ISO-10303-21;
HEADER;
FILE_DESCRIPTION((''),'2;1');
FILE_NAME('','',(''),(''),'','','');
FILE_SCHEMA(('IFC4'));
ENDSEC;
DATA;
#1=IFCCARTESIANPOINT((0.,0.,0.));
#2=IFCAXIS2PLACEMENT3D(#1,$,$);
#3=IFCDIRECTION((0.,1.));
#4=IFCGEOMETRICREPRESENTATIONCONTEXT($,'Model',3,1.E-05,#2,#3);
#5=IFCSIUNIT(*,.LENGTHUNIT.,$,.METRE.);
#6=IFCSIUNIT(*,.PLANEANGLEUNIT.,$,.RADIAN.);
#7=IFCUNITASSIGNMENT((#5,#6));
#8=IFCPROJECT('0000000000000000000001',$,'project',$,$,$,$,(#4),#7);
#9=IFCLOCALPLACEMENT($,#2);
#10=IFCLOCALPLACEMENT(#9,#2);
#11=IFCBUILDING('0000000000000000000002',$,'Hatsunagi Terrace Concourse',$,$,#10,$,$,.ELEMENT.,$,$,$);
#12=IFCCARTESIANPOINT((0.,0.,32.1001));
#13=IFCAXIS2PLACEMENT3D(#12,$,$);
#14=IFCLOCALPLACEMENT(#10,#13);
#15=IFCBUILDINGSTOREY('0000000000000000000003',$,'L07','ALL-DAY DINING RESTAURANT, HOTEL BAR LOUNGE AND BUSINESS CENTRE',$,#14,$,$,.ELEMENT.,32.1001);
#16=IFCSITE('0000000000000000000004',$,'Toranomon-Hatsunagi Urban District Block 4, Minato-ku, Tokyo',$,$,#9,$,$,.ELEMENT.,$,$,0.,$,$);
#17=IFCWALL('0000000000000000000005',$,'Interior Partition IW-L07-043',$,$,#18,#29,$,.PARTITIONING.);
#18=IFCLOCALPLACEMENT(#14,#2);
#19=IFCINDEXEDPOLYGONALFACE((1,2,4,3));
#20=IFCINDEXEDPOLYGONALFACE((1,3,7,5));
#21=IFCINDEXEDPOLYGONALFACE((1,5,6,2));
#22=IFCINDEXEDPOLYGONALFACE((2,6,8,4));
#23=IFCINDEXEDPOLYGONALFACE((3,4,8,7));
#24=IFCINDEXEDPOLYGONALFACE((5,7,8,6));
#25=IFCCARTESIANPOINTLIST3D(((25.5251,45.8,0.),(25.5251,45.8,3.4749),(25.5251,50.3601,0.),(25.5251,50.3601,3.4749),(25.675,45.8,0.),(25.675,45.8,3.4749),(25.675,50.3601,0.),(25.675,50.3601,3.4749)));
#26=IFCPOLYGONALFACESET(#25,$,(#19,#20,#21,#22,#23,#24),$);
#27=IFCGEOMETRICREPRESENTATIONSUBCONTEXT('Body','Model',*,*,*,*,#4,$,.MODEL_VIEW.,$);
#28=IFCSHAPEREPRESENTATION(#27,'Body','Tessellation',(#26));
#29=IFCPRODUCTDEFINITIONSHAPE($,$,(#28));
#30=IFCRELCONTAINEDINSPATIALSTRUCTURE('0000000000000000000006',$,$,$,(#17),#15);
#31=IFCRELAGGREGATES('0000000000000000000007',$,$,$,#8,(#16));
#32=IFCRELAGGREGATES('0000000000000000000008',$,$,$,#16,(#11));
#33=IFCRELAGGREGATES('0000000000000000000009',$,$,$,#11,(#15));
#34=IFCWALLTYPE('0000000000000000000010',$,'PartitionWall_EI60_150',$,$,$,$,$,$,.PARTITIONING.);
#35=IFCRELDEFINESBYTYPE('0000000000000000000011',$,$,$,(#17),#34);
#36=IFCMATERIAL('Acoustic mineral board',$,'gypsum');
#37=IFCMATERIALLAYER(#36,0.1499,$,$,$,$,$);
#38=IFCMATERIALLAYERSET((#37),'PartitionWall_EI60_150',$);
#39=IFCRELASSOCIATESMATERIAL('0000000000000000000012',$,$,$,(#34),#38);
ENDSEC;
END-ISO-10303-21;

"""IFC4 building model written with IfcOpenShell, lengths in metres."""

from ifc_helpers import new_model, si_unit, direction, frame, frame_2d, origin, place, context, subcontext, project, spatial, rectangle, extrude, material, layer, layer_set, type_object, element, save


model = new_model("IFC4")

# Units and contexts
model_context = context("Model", 3, precision=1e-05, world=origin(), true_north=direction((0.0, 1.0)))
body_context = subcontext(model_context, "Body", "Model", "MODEL_VIEW")
ifc_project = project(units=[si_unit("LENGTHUNIT", "METRE"), si_unit("PLANEANGLEUNIT", "RADIAN")], contexts=[model_context])

# Site, building, storey
site_placement = place(None, origin())
site = spatial("IfcSite", under=ifc_project, at=site_placement, Name="Toranomon-Hatsunagi Urban District Block 4, Minato-ku, Tokyo", CompositionType="ELEMENT", RefElevation=0.0)
building_placement = place(site_placement, origin())
building = spatial("IfcBuilding", under=site, at=building_placement, Name="Hatsunagi Terrace Concourse", CompositionType="ELEMENT")
storey_placement = place(building_placement, frame((0.0, 0.0, 32.1001)))
storey = spatial("IfcBuildingStorey", under=building, at=storey_placement, Name="L07", Description="ALL-DAY DINING RESTAURANT, HOTEL BAR LOUNGE AND BUSINESS CENTRE", CompositionType="ELEMENT", Elevation=32.1001)

# Shared definitions
ifc_material_1 = material(Name="Acoustic mineral board", Category="gypsum")
ifc_layer_1 = layer(ifc_material_1, 0.1499)
ifc_layer_set_1 = layer_set([ifc_layer_1], Name="PartitionWall_EI60_150")
wall_type_1 = type_object("IfcWallType", Name="PartitionWall_EI60_150", PredefinedType="PARTITIONING", material=ifc_layer_set_1)

# Wall
wall_1_placement = place(storey_placement, frame((25.6001, 45.8, 0.0), z_axis=(0.0, 0.0, 1.0), x_axis=(0.0, 1.0, 0.0)))
element("IfcWall", 1, at=wall_1_placement, inside=storey, type_object=wall_type_1, Name="Interior Partition IW-L07-043", PredefinedType="PARTITIONING", context=body_context, shape_type="SweptSolid", body=[
    extrude(rectangle(XDim=4.5601, YDim=0.1499, at=frame_2d((2.28, 0.0))), origin(), (0.0, 0.0, 1.0), 3.4749),
])

save(model, "model.ifc")
